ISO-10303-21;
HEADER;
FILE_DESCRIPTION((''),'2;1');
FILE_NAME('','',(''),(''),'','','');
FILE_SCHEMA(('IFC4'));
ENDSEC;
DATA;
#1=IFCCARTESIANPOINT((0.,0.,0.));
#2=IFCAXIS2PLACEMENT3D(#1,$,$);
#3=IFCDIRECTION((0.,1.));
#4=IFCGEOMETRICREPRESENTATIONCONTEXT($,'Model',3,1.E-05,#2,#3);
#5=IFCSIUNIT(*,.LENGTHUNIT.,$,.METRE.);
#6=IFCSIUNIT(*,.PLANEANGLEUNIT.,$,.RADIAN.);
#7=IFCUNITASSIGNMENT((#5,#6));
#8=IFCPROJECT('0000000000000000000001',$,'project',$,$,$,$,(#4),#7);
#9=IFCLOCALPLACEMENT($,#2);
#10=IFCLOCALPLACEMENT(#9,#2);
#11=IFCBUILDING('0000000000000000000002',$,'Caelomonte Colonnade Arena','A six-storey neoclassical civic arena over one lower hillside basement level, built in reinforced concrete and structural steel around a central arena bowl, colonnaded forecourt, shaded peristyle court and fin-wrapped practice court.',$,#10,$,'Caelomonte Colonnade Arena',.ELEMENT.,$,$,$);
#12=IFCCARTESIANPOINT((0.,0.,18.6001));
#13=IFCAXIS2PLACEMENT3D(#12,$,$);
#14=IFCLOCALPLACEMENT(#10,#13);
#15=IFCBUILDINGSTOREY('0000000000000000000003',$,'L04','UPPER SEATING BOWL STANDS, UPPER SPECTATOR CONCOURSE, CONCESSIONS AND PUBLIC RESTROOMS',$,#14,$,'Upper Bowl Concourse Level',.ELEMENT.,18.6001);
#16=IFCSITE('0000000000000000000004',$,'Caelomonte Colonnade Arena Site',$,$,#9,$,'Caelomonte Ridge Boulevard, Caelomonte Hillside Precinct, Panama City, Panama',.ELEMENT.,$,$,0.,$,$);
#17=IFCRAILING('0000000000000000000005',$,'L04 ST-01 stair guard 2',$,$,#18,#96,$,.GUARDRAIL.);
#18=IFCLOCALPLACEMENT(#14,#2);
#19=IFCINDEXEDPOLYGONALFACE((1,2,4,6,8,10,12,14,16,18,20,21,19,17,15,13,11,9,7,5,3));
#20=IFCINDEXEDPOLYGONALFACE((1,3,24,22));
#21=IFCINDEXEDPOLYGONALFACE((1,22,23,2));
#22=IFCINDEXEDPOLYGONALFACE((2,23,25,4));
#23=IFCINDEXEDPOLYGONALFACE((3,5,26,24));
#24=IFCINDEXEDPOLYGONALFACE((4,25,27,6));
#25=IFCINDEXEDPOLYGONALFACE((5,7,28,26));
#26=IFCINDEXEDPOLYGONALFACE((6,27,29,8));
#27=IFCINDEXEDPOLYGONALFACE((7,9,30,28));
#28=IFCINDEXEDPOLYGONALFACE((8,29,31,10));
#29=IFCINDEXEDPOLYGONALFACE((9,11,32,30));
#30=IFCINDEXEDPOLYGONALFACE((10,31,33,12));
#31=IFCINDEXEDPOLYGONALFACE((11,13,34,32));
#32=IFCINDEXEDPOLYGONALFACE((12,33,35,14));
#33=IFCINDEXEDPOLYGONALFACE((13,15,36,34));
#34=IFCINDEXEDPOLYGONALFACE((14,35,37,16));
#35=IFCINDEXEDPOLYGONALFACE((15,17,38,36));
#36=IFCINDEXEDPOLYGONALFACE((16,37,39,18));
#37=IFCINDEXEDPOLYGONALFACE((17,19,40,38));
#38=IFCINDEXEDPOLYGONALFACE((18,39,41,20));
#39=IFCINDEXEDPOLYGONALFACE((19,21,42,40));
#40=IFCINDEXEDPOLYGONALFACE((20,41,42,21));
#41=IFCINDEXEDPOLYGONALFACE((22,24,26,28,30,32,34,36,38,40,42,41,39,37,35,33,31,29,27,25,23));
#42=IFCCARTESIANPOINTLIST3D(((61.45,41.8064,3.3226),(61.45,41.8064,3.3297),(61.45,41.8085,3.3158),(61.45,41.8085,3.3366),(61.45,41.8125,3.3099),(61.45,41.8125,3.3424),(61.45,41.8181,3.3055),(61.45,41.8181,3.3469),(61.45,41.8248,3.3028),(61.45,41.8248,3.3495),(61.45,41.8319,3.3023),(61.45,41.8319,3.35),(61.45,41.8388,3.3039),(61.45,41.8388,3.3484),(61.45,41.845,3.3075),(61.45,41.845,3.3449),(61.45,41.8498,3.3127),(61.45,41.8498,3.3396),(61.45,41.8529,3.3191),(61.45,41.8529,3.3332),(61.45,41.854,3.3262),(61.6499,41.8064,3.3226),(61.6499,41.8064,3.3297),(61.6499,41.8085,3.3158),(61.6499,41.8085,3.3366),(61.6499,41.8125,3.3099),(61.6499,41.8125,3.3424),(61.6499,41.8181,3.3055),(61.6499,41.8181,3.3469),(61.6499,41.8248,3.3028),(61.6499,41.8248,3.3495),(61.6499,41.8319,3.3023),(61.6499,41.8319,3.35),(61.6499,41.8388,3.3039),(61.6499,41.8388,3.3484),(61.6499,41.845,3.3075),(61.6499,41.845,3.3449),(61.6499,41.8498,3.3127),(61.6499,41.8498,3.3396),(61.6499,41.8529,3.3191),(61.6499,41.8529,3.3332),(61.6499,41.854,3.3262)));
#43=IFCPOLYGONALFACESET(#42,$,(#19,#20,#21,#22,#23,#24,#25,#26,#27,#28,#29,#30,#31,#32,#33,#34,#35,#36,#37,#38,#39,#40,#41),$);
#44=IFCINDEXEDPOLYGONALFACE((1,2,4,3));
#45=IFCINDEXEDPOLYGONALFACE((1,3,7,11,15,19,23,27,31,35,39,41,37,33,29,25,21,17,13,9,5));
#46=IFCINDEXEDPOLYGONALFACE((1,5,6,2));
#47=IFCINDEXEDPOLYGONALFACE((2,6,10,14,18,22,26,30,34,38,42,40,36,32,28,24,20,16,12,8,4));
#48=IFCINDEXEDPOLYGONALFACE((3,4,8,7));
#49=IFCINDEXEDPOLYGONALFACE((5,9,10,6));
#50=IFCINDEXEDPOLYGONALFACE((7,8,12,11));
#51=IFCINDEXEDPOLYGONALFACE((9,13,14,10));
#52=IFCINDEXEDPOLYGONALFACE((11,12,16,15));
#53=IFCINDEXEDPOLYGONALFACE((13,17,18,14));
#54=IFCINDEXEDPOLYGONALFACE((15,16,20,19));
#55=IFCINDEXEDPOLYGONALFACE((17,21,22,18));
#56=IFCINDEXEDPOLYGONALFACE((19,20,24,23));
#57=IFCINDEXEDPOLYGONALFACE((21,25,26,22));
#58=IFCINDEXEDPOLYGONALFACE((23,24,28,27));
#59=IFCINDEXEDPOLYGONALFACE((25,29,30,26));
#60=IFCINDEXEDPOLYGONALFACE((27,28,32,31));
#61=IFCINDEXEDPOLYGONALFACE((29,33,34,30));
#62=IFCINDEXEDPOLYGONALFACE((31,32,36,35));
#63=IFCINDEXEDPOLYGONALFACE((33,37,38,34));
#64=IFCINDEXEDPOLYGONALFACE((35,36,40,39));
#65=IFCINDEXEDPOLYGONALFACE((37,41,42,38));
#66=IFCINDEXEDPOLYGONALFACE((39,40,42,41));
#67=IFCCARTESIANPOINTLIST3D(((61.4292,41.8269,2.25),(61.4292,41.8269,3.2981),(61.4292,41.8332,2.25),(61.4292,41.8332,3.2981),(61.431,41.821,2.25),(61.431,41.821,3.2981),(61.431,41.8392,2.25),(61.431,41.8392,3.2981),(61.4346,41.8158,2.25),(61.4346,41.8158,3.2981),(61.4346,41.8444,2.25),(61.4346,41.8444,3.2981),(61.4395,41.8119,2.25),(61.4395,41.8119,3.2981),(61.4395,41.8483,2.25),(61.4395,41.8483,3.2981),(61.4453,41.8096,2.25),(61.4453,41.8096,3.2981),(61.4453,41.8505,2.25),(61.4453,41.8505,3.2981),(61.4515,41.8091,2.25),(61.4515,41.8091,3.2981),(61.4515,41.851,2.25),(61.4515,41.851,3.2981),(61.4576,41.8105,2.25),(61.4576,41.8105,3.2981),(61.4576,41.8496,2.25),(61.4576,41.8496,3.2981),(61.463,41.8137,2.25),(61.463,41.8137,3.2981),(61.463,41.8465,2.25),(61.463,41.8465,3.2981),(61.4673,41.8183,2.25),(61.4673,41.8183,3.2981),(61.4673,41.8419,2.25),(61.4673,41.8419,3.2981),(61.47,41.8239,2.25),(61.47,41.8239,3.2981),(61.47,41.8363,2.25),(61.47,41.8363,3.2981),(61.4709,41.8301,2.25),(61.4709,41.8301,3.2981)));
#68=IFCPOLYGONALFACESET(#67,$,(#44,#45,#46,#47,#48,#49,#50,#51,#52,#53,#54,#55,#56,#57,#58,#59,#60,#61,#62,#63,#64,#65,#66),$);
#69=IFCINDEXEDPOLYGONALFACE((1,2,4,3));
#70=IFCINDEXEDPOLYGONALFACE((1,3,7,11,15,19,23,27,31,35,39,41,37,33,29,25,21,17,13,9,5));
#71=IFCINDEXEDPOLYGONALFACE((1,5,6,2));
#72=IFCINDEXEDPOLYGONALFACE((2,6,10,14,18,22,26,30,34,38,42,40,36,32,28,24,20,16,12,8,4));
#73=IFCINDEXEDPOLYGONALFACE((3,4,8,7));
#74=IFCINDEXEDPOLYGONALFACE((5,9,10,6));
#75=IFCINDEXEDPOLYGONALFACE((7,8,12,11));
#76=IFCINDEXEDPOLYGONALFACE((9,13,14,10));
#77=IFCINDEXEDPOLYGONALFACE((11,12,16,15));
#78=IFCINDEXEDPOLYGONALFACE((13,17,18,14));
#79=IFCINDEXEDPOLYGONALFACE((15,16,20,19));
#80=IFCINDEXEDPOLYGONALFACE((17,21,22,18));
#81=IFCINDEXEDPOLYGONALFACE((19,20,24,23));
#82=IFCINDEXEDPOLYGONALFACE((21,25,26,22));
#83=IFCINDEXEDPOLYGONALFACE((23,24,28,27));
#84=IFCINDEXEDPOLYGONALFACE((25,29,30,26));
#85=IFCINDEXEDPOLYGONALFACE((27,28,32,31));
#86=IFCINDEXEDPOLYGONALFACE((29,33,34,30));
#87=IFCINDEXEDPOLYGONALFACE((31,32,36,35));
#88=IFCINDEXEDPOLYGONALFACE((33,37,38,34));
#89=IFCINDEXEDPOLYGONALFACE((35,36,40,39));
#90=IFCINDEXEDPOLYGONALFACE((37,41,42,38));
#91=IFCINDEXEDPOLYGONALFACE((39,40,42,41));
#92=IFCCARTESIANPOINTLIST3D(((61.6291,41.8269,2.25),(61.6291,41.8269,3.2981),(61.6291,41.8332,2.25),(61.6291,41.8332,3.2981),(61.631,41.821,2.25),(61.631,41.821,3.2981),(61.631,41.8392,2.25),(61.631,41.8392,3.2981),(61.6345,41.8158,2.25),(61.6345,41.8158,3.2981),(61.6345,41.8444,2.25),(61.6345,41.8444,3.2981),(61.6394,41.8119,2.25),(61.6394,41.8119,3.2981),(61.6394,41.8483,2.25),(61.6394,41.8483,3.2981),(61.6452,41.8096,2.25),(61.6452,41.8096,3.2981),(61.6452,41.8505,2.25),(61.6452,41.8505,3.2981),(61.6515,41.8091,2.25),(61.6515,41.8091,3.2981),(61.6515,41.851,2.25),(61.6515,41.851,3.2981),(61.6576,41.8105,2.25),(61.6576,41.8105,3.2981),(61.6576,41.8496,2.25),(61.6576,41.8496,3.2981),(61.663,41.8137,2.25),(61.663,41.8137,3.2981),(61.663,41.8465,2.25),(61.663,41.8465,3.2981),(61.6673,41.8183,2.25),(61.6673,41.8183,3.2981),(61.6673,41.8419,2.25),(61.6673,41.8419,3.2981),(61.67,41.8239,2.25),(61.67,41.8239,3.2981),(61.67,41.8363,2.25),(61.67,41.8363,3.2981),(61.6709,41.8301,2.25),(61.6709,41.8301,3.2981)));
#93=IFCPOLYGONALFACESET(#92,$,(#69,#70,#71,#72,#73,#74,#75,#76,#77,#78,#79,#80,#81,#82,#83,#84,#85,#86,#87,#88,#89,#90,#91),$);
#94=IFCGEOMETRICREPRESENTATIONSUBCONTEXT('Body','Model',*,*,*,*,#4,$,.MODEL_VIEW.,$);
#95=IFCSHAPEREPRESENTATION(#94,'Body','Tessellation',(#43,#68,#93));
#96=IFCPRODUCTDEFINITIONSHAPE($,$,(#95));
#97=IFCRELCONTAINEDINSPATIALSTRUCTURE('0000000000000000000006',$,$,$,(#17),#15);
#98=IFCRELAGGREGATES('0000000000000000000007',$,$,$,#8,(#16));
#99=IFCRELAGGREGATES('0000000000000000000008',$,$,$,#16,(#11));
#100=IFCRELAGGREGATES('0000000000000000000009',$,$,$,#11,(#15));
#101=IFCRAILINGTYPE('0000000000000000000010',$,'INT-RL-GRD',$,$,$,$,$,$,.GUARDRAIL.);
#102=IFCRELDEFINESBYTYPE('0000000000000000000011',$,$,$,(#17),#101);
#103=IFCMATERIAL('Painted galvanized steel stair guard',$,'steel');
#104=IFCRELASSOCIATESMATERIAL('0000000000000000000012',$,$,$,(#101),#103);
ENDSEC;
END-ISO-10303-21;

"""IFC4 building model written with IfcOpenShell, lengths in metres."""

from ifc_helpers import new_model, si_unit, direction, frame, origin, origin_2d, place, context, subcontext, project, spatial, circle, extrude, material, type_object, element, save


model = new_model("IFC4")

# Units and contexts
model_context = context("Model", 3, precision=1e-05, world=origin(), true_north=direction((0.0, 1.0)))
body_context = subcontext(model_context, "Body", "Model", "MODEL_VIEW")
ifc_project = project(units=[si_unit("LENGTHUNIT", "METRE"), si_unit("PLANEANGLEUNIT", "RADIAN")], contexts=[model_context])

# Site, building, storey
site_placement = place(None, origin())
site = spatial("IfcSite", under=ifc_project, at=site_placement, Name="Caelomonte Colonnade Arena Site", LongName="Caelomonte Ridge Boulevard, Caelomonte Hillside Precinct, Panama City, Panama", CompositionType="ELEMENT", RefElevation=0.0)
building_placement = place(site_placement, origin())
building = spatial("IfcBuilding", under=site, at=building_placement, Name="Caelomonte Colonnade Arena", Description="A six-storey neoclassical civic arena over one lower hillside basement level, built in reinforced concrete and structural steel around a central arena bowl, colonnaded forecourt, shaded peristyle court and fin-wrapped practice court.", LongName="Caelomonte Colonnade Arena", CompositionType="ELEMENT")
storey_placement = place(building_placement, frame((0.0, 0.0, 18.6001)))
storey = spatial("IfcBuildingStorey", under=building, at=storey_placement, Name="L04", Description="UPPER SEATING BOWL STANDS, UPPER SPECTATOR CONCOURSE, CONCESSIONS AND PUBLIC RESTROOMS", LongName="Upper Bowl Concourse Level", CompositionType="ELEMENT", Elevation=18.6001)

# Railing
ifc_material_1 = material(Name="Painted galvanized steel stair guard", Category="steel")
railing_type = type_object("IfcRailingType", Name="INT-RL-GRD", PredefinedType="GUARDRAIL", material=ifc_material_1)
railing_1_placement = place(storey_placement, frame((61.45, 41.8301, 2.25)))
element("IfcRailing", 1, at=railing_1_placement, inside=storey, type_object=railing_type, Name="L04 ST-01 stair guard 2", PredefinedType="GUARDRAIL", context=body_context, shape_type="SweptSolid", body=[
    extrude(circle(Radius=0.0239, at=origin_2d()), frame((0.0, 0.0, 1.0762), z_axis=(1.0, 0.0, 0.0), x_axis=(0.0, 1.0, 0.0)), (0.0, 0.0, 1.0), 0.2),
    extrude(circle(Radius=0.021, at=origin_2d()), origin(), (0.0, 0.0, 1.0), 1.0481),
    extrude(circle(Radius=0.021, at=origin_2d()), frame((0.2, 0.0, 0.0)), (0.0, 0.0, 1.0), 1.0481),
])

save(model, "model.ifc")
